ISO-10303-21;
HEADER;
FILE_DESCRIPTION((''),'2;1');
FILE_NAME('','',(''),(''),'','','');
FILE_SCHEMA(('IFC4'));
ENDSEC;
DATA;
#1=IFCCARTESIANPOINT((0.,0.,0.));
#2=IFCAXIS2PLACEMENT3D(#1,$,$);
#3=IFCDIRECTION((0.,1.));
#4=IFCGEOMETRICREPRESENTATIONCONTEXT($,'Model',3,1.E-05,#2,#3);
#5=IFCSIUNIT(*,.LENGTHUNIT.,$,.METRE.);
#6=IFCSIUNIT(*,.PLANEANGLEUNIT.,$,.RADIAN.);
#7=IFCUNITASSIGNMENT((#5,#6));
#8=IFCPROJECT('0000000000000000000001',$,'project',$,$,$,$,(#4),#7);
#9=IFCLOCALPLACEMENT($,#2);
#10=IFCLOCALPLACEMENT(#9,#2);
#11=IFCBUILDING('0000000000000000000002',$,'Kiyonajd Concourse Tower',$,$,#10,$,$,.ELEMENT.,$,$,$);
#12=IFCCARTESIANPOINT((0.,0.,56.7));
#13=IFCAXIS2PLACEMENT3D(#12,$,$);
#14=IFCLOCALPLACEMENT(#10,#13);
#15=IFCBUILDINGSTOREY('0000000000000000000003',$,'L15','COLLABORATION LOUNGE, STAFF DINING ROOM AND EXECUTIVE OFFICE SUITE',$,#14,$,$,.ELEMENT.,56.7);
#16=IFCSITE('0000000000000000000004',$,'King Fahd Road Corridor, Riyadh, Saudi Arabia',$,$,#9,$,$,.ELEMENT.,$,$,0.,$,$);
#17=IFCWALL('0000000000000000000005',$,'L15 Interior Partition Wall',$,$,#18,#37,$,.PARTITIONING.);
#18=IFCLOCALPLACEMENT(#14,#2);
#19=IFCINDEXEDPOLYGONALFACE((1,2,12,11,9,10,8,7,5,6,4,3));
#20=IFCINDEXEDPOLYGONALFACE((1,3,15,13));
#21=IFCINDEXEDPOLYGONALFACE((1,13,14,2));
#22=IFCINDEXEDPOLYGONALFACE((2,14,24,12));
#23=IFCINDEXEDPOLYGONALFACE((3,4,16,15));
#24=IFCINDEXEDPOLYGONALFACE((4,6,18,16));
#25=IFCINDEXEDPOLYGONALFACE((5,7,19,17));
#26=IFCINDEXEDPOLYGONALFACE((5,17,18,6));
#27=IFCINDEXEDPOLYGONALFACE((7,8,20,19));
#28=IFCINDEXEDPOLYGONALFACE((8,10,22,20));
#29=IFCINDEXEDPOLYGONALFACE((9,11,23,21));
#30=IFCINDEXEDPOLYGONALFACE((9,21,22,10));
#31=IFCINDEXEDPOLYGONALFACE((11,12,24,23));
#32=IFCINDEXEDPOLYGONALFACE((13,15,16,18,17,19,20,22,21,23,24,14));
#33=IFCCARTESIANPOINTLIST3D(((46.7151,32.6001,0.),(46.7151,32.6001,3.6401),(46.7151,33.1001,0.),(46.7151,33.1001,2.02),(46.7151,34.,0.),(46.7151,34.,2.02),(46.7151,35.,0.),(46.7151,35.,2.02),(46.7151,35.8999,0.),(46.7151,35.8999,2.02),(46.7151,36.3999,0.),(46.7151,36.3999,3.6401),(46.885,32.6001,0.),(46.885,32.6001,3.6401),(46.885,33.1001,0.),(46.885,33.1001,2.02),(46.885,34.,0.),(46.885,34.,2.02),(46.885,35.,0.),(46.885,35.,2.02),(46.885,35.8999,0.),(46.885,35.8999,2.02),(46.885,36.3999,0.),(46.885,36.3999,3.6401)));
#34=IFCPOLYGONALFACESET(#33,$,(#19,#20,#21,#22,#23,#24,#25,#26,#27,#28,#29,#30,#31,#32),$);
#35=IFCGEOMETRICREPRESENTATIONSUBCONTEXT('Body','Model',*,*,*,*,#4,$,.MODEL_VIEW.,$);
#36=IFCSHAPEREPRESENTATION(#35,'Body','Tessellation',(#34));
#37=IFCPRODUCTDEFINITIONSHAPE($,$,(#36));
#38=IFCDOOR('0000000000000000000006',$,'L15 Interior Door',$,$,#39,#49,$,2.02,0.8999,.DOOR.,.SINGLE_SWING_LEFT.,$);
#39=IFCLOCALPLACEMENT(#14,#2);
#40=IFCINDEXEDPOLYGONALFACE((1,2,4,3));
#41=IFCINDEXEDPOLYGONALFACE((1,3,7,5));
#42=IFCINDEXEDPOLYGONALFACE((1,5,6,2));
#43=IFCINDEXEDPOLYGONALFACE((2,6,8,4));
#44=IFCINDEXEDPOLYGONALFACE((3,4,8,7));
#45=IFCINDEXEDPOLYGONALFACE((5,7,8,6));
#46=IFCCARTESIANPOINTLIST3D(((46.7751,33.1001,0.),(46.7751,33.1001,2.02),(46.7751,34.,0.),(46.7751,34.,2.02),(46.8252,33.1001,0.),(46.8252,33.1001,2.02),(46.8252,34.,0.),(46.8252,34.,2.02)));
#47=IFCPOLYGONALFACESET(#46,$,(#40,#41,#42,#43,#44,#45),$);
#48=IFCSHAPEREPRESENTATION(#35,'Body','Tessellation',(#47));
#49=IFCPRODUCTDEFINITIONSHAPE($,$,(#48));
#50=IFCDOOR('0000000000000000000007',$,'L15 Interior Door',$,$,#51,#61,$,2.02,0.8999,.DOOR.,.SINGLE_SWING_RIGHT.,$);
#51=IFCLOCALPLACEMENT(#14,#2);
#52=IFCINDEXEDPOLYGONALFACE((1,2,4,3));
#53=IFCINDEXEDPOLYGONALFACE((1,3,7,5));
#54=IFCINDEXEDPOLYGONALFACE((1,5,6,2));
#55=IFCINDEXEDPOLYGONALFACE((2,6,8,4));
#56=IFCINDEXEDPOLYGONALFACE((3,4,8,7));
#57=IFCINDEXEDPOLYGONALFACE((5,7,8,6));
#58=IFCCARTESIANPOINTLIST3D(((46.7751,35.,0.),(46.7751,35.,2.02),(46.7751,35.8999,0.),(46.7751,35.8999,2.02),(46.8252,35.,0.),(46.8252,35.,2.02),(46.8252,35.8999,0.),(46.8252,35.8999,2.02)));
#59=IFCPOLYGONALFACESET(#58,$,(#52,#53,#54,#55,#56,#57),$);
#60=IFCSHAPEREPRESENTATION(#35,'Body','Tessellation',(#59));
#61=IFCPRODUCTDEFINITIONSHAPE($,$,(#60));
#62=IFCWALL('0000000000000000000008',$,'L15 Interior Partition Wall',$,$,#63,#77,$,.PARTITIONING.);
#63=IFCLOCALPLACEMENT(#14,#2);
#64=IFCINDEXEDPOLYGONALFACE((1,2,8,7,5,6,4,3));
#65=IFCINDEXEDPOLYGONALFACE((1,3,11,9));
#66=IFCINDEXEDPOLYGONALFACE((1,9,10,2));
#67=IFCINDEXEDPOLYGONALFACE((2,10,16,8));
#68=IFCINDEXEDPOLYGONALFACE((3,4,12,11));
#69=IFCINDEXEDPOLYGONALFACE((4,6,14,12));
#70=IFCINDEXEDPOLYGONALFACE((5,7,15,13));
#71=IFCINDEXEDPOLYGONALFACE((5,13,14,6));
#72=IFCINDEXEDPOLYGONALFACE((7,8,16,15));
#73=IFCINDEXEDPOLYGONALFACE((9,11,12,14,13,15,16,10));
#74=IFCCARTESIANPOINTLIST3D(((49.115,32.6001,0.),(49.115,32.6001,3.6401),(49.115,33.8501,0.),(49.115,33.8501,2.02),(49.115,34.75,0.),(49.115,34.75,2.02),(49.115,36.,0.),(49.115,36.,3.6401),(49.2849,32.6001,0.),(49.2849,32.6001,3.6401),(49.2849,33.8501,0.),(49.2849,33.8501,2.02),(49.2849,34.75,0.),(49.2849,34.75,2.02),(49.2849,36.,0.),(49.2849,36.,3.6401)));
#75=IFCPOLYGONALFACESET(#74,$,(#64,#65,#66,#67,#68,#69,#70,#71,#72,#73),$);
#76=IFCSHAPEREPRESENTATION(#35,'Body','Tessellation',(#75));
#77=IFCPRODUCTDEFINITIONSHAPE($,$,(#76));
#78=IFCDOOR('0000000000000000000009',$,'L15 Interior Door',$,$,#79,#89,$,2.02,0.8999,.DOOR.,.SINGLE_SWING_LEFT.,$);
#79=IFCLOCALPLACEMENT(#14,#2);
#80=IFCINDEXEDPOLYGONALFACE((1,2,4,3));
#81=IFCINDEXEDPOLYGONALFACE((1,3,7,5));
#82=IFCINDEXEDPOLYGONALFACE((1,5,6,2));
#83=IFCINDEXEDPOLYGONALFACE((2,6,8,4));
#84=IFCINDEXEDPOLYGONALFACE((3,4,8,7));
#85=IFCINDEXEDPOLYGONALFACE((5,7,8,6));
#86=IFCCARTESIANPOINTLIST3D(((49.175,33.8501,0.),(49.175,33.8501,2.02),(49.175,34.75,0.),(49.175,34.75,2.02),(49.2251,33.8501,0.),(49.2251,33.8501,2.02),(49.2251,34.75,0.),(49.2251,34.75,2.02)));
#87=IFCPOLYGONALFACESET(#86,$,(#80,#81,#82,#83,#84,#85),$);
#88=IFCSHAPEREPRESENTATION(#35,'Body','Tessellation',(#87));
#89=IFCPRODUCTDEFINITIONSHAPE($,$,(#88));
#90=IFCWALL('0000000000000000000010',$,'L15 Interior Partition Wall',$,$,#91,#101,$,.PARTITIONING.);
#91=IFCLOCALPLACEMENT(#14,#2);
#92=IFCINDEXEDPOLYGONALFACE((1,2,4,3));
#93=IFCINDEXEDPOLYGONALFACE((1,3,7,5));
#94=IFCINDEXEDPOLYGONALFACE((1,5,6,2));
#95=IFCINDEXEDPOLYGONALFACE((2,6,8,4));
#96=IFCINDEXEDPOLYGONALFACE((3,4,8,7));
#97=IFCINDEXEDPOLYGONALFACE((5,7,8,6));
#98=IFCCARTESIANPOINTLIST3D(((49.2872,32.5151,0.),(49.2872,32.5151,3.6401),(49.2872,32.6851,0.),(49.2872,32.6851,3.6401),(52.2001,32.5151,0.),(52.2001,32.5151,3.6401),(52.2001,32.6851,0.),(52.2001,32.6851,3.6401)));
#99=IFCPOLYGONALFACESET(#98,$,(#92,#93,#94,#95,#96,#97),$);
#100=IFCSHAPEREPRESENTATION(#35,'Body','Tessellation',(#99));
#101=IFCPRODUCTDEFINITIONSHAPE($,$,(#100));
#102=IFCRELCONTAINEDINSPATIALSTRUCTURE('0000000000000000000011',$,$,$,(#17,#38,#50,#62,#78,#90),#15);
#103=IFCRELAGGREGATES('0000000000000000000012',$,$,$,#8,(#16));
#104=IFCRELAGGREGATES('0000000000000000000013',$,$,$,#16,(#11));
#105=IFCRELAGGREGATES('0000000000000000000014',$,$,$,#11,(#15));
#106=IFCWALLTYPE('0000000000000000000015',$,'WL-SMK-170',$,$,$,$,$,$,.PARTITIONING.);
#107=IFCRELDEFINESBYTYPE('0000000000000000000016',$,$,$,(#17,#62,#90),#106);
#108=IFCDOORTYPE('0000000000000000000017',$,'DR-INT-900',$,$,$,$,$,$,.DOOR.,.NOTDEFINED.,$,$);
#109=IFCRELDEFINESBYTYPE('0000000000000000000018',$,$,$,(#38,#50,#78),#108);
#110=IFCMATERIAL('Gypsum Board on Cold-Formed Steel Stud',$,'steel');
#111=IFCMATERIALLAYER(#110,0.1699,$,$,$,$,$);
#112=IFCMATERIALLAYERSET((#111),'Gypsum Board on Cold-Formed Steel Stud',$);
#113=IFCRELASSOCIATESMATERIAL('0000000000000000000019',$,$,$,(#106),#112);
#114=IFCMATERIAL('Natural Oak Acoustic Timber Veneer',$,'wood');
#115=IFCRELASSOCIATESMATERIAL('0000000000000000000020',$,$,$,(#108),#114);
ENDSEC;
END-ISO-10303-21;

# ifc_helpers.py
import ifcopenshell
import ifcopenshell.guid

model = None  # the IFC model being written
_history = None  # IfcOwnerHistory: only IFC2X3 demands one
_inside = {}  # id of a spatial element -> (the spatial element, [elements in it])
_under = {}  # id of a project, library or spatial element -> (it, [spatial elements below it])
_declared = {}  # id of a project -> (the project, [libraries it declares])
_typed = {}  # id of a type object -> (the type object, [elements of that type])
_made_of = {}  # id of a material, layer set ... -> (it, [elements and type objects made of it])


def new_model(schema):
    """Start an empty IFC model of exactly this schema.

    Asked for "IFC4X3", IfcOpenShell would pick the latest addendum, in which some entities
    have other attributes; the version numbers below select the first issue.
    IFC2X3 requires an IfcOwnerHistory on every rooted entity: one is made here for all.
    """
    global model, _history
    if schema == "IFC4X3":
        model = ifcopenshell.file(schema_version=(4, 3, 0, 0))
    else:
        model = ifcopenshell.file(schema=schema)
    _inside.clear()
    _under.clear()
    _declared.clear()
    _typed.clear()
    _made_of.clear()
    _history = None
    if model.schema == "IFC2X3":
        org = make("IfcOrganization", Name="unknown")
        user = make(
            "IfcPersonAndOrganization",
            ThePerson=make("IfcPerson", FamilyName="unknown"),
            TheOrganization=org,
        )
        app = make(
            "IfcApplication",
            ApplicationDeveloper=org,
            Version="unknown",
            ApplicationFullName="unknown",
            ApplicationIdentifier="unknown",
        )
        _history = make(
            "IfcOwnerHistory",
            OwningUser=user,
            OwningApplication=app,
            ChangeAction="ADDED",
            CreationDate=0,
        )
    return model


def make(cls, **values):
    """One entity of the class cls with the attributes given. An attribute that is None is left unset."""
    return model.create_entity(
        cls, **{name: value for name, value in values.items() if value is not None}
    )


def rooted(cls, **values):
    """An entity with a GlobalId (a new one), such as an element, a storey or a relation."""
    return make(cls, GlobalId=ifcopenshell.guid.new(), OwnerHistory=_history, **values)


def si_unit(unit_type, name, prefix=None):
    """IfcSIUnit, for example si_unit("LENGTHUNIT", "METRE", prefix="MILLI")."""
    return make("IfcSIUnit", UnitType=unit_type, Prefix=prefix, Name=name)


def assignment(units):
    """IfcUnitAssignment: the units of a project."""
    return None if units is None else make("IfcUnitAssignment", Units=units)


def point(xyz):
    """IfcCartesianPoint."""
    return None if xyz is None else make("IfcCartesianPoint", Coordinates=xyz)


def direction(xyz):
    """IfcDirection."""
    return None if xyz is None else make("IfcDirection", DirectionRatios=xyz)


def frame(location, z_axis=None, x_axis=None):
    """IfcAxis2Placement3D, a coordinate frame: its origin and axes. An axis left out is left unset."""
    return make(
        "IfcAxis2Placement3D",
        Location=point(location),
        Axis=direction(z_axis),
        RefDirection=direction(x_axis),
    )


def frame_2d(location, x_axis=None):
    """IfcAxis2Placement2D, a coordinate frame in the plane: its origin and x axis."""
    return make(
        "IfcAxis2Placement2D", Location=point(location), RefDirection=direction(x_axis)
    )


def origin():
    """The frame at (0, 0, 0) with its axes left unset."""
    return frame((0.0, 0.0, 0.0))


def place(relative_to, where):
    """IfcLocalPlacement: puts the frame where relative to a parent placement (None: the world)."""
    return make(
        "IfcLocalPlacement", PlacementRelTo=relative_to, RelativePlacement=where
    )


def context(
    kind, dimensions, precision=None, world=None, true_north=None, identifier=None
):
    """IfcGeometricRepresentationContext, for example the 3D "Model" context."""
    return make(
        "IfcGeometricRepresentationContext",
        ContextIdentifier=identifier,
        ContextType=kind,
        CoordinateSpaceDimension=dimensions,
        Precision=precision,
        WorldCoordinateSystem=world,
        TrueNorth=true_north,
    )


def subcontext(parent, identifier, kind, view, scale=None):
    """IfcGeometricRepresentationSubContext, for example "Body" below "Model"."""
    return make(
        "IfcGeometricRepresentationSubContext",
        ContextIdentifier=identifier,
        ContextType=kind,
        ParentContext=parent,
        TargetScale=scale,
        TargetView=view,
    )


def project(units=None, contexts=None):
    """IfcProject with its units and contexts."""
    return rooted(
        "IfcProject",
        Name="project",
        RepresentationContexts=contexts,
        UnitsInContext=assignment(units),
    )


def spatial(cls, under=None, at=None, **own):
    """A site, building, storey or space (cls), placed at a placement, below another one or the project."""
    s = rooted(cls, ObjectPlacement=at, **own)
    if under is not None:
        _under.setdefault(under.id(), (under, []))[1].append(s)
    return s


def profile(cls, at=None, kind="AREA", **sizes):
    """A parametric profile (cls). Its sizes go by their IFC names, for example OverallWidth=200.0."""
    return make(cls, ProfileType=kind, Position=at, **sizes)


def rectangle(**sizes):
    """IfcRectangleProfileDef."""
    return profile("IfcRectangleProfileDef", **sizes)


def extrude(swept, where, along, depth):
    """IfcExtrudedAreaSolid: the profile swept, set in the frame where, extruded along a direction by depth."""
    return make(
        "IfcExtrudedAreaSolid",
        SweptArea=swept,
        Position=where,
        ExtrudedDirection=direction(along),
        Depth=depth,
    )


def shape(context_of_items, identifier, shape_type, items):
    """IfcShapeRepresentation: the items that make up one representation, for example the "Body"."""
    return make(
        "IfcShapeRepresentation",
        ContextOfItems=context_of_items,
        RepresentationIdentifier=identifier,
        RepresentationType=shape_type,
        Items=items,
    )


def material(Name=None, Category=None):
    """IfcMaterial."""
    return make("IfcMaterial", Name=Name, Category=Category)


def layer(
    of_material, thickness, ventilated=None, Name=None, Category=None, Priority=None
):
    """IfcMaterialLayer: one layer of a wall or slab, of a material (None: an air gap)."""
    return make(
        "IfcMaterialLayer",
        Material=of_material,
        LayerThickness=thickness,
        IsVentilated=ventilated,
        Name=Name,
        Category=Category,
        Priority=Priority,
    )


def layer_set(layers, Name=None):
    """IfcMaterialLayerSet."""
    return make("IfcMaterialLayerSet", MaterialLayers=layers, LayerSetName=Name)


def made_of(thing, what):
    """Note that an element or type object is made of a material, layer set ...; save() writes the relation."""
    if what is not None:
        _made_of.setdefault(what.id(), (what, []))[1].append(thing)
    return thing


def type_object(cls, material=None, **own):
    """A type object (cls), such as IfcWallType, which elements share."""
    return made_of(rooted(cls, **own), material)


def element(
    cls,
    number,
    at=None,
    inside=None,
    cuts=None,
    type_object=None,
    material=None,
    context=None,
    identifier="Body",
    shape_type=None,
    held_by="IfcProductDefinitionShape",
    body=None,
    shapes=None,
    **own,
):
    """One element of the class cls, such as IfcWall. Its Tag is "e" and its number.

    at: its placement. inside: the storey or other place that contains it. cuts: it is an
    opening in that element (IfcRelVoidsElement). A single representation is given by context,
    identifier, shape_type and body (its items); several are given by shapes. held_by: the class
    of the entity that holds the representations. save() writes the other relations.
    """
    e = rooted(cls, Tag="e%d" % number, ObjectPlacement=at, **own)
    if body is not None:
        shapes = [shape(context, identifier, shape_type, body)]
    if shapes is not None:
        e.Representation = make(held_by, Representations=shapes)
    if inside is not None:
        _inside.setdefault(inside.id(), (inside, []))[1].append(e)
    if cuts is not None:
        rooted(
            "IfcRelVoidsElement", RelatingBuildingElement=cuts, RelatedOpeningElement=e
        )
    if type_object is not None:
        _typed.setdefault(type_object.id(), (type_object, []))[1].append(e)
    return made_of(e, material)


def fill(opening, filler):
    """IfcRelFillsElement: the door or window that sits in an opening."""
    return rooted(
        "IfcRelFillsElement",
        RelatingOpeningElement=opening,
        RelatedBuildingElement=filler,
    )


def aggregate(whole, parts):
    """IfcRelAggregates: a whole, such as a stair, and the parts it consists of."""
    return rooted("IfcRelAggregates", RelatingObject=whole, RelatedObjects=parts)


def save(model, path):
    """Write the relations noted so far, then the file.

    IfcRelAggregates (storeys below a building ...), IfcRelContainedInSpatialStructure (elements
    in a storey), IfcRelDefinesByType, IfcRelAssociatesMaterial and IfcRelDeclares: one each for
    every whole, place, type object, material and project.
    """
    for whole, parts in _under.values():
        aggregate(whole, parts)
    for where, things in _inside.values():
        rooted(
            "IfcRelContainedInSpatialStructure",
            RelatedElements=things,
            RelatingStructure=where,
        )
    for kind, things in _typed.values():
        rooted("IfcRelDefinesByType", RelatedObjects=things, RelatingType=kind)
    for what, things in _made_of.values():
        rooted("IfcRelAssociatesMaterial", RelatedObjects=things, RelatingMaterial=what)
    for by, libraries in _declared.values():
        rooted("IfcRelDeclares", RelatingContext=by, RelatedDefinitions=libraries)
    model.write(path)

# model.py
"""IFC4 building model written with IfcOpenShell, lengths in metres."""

from ifc_helpers import new_model, si_unit, direction, frame, frame_2d, origin, place, context, subcontext, project, spatial, rectangle, extrude, material, layer, layer_set, type_object, element, fill, save


model = new_model("IFC4")

# Units and contexts
model_context = context("Model", 3, precision=1e-05, world=origin(), true_north=direction((0.0, 1.0)))
body_context = subcontext(model_context, "Body", "Model", "MODEL_VIEW")
ifc_project = project(units=[si_unit("LENGTHUNIT", "METRE"), si_unit("PLANEANGLEUNIT", "RADIAN")], contexts=[model_context])

# Site, building, storey
site_placement = place(None, origin())
site = spatial("IfcSite", under=ifc_project, at=site_placement, Name="King Fahd Road Corridor, Riyadh, Saudi Arabia", CompositionType="ELEMENT", RefElevation=0.0)
building_placement = place(site_placement, origin())
building = spatial("IfcBuilding", under=site, at=building_placement, Name="Kiyonajd Concourse Tower", CompositionType="ELEMENT")
storey_placement = place(building_placement, frame((0.0, 0.0, 56.7)))
storey = spatial("IfcBuildingStorey", under=building, at=storey_placement, Name="L15", Description="COLLABORATION LOUNGE, STAFF DINING ROOM AND EXECUTIVE OFFICE SUITE", CompositionType="ELEMENT", Elevation=56.7)

# Shared definitions
ifc_material_1 = material(Name="Gypsum Board on Cold-Formed Steel Stud", Category="steel")

# Wall, openings, doors
ifc_layer_1 = layer(ifc_material_1, 0.1699)
ifc_layer_set_1 = layer_set([ifc_layer_1], Name="Gypsum Board on Cold-Formed Steel Stud")
wall_type_1 = type_object("IfcWallType", Name="WL-SMK-170", PredefinedType="PARTITIONING", material=ifc_layer_set_1)
wall_1_placement = place(storey_placement, frame((46.8, 32.6001, 0.0), z_axis=(0.0, 0.0, 1.0), x_axis=(0.0, 1.0, 0.0)))
wall_1 = element("IfcWall", 1, at=wall_1_placement, inside=storey, type_object=wall_type_1, Name="L15 Interior Partition Wall", PredefinedType="PARTITIONING", context=body_context, shape_type="SweptSolid", body=[
    extrude(rectangle(XDim=3.7998, YDim=0.1699, at=frame_2d((1.8999, 0.0))), origin(), (0.0, 0.0, 1.0), 3.6401),
])
opening_1_placement = place(wall_1_placement, frame((0.5, 0.0, 0.0)))
opening_1 = element("IfcOpeningElement", 2, at=opening_1_placement, cuts=wall_1, PredefinedType="OPENING", context=body_context, shape_type="SweptSolid", body=[
    extrude(rectangle(XDim=0.8999, YDim=2.02, at=frame_2d((0.45, 1.01))), frame((0.0, 0.095, 0.0), z_axis=(0.0, -1.0, 0.0), x_axis=(1.0, 0.0, 0.0)), (0.0, 0.0, 1.0), 0.1899),
])
opening_2_placement = place(wall_1_placement, frame((2.3999, 0.0, 0.0)))
opening_2 = element("IfcOpeningElement", 3, at=opening_2_placement, cuts=wall_1, PredefinedType="OPENING", context=body_context, shape_type="SweptSolid", body=[
    extrude(rectangle(XDim=0.8999, YDim=2.02, at=frame_2d((0.45, 1.01))), frame((0.0, 0.095, 0.0), z_axis=(0.0, -1.0, 0.0), x_axis=(1.0, 0.0, 0.0)), (0.0, 0.0, 1.0), 0.1899),
])
ifc_material_2 = material(Name="Natural Oak Acoustic Timber Veneer", Category="wood")
door_type_1 = type_object("IfcDoorType", Name="DR-INT-900", OperationType="NOTDEFINED", PredefinedType="DOOR", material=ifc_material_2)
door_1_placement = place(opening_1_placement, origin())
door_1 = element("IfcDoor", 4, at=door_1_placement, inside=storey, type_object=door_type_1, Name="L15 Interior Door", OperationType="SINGLE_SWING_LEFT", OverallHeight=2.02, OverallWidth=0.8999, PredefinedType="DOOR", context=body_context, shape_type="SweptSolid", body=[
    extrude(rectangle(XDim=0.8999, YDim=2.02, at=frame_2d((0.45, 1.01))), frame((0.0, 0.0249, 0.0), z_axis=(0.0, -1.0, 0.0), x_axis=(1.0, 0.0, 0.0)), (0.0, 0.0, 1.0), 0.05),
])
fill(opening_1, door_1)
door_2_placement = place(opening_2_placement, origin())
door_2 = element("IfcDoor", 5, at=door_2_placement, inside=storey, type_object=door_type_1, Name="L15 Interior Door", OperationType="SINGLE_SWING_RIGHT", OverallHeight=2.02, OverallWidth=0.8999, PredefinedType="DOOR", context=body_context, shape_type="SweptSolid", body=[
    extrude(rectangle(XDim=0.8999, YDim=2.02, at=frame_2d((0.45, 1.01))), frame((0.0, 0.0249, 0.0), z_axis=(0.0, -1.0, 0.0), x_axis=(1.0, 0.0, 0.0)), (0.0, 0.0, 1.0), 0.05),
])
fill(opening_2, door_2)

# Wall, opening, door
wall_2_placement = place(storey_placement, frame((49.2, 32.6001, 0.0), z_axis=(0.0, 0.0, 1.0), x_axis=(0.0, 1.0, 0.0)))
wall_2 = element("IfcWall", 6, at=wall_2_placement, inside=storey, type_object=wall_type_1, Name="L15 Interior Partition Wall", PredefinedType="PARTITIONING", context=body_context, shape_type="SweptSolid", body=[
    extrude(rectangle(XDim=3.3999, YDim=0.1699, at=frame_2d((1.7, 0.0))), origin(), (0.0, 0.0, 1.0), 3.6401),
])
opening_3_placement = place(wall_2_placement, frame((1.25, 0.0, 0.0)))
opening_3 = element("IfcOpeningElement", 7, at=opening_3_placement, cuts=wall_2, PredefinedType="OPENING", context=body_context, shape_type="SweptSolid", body=[
    extrude(rectangle(XDim=0.8999, YDim=2.02, at=frame_2d((0.45, 1.01))), frame((0.0, 0.095, 0.0), z_axis=(0.0, -1.0, 0.0), x_axis=(1.0, 0.0, 0.0)), (0.0, 0.0, 1.0), 0.1899),
])
door_3_placement = place(opening_3_placement, origin())
door_3 = element("IfcDoor", 8, at=door_3_placement, inside=storey, type_object=door_type_1, Name="L15 Interior Door", OperationType="SINGLE_SWING_LEFT", OverallHeight=2.02, OverallWidth=0.8999, PredefinedType="DOOR", context=body_context, shape_type="SweptSolid", body=[
    extrude(rectangle(XDim=0.8999, YDim=2.02, at=frame_2d((0.45, 1.01))), frame((0.0, 0.0249, 0.0), z_axis=(0.0, -1.0, 0.0), x_axis=(1.0, 0.0, 0.0)), (0.0, 0.0, 1.0), 0.05),
])
fill(opening_3, door_3)

# Wall
wall_3_placement = place(storey_placement, frame((49.2871, 32.6001, 0.0), z_axis=(0.0, 0.0, 1.0), x_axis=(1.0, 0.0, 0.0)))
element("IfcWall", 9, at=wall_3_placement, inside=storey, type_object=wall_type_1, Name="L15 Interior Partition Wall", PredefinedType="PARTITIONING", context=body_context, shape_type="SweptSolid", body=[
    extrude(rectangle(XDim=2.9128, YDim=0.1699, at=frame_2d((1.4565, 0.0))), origin(), (0.0, 0.0, 1.0), 3.6401),
])

save(model, "model.ifc")
